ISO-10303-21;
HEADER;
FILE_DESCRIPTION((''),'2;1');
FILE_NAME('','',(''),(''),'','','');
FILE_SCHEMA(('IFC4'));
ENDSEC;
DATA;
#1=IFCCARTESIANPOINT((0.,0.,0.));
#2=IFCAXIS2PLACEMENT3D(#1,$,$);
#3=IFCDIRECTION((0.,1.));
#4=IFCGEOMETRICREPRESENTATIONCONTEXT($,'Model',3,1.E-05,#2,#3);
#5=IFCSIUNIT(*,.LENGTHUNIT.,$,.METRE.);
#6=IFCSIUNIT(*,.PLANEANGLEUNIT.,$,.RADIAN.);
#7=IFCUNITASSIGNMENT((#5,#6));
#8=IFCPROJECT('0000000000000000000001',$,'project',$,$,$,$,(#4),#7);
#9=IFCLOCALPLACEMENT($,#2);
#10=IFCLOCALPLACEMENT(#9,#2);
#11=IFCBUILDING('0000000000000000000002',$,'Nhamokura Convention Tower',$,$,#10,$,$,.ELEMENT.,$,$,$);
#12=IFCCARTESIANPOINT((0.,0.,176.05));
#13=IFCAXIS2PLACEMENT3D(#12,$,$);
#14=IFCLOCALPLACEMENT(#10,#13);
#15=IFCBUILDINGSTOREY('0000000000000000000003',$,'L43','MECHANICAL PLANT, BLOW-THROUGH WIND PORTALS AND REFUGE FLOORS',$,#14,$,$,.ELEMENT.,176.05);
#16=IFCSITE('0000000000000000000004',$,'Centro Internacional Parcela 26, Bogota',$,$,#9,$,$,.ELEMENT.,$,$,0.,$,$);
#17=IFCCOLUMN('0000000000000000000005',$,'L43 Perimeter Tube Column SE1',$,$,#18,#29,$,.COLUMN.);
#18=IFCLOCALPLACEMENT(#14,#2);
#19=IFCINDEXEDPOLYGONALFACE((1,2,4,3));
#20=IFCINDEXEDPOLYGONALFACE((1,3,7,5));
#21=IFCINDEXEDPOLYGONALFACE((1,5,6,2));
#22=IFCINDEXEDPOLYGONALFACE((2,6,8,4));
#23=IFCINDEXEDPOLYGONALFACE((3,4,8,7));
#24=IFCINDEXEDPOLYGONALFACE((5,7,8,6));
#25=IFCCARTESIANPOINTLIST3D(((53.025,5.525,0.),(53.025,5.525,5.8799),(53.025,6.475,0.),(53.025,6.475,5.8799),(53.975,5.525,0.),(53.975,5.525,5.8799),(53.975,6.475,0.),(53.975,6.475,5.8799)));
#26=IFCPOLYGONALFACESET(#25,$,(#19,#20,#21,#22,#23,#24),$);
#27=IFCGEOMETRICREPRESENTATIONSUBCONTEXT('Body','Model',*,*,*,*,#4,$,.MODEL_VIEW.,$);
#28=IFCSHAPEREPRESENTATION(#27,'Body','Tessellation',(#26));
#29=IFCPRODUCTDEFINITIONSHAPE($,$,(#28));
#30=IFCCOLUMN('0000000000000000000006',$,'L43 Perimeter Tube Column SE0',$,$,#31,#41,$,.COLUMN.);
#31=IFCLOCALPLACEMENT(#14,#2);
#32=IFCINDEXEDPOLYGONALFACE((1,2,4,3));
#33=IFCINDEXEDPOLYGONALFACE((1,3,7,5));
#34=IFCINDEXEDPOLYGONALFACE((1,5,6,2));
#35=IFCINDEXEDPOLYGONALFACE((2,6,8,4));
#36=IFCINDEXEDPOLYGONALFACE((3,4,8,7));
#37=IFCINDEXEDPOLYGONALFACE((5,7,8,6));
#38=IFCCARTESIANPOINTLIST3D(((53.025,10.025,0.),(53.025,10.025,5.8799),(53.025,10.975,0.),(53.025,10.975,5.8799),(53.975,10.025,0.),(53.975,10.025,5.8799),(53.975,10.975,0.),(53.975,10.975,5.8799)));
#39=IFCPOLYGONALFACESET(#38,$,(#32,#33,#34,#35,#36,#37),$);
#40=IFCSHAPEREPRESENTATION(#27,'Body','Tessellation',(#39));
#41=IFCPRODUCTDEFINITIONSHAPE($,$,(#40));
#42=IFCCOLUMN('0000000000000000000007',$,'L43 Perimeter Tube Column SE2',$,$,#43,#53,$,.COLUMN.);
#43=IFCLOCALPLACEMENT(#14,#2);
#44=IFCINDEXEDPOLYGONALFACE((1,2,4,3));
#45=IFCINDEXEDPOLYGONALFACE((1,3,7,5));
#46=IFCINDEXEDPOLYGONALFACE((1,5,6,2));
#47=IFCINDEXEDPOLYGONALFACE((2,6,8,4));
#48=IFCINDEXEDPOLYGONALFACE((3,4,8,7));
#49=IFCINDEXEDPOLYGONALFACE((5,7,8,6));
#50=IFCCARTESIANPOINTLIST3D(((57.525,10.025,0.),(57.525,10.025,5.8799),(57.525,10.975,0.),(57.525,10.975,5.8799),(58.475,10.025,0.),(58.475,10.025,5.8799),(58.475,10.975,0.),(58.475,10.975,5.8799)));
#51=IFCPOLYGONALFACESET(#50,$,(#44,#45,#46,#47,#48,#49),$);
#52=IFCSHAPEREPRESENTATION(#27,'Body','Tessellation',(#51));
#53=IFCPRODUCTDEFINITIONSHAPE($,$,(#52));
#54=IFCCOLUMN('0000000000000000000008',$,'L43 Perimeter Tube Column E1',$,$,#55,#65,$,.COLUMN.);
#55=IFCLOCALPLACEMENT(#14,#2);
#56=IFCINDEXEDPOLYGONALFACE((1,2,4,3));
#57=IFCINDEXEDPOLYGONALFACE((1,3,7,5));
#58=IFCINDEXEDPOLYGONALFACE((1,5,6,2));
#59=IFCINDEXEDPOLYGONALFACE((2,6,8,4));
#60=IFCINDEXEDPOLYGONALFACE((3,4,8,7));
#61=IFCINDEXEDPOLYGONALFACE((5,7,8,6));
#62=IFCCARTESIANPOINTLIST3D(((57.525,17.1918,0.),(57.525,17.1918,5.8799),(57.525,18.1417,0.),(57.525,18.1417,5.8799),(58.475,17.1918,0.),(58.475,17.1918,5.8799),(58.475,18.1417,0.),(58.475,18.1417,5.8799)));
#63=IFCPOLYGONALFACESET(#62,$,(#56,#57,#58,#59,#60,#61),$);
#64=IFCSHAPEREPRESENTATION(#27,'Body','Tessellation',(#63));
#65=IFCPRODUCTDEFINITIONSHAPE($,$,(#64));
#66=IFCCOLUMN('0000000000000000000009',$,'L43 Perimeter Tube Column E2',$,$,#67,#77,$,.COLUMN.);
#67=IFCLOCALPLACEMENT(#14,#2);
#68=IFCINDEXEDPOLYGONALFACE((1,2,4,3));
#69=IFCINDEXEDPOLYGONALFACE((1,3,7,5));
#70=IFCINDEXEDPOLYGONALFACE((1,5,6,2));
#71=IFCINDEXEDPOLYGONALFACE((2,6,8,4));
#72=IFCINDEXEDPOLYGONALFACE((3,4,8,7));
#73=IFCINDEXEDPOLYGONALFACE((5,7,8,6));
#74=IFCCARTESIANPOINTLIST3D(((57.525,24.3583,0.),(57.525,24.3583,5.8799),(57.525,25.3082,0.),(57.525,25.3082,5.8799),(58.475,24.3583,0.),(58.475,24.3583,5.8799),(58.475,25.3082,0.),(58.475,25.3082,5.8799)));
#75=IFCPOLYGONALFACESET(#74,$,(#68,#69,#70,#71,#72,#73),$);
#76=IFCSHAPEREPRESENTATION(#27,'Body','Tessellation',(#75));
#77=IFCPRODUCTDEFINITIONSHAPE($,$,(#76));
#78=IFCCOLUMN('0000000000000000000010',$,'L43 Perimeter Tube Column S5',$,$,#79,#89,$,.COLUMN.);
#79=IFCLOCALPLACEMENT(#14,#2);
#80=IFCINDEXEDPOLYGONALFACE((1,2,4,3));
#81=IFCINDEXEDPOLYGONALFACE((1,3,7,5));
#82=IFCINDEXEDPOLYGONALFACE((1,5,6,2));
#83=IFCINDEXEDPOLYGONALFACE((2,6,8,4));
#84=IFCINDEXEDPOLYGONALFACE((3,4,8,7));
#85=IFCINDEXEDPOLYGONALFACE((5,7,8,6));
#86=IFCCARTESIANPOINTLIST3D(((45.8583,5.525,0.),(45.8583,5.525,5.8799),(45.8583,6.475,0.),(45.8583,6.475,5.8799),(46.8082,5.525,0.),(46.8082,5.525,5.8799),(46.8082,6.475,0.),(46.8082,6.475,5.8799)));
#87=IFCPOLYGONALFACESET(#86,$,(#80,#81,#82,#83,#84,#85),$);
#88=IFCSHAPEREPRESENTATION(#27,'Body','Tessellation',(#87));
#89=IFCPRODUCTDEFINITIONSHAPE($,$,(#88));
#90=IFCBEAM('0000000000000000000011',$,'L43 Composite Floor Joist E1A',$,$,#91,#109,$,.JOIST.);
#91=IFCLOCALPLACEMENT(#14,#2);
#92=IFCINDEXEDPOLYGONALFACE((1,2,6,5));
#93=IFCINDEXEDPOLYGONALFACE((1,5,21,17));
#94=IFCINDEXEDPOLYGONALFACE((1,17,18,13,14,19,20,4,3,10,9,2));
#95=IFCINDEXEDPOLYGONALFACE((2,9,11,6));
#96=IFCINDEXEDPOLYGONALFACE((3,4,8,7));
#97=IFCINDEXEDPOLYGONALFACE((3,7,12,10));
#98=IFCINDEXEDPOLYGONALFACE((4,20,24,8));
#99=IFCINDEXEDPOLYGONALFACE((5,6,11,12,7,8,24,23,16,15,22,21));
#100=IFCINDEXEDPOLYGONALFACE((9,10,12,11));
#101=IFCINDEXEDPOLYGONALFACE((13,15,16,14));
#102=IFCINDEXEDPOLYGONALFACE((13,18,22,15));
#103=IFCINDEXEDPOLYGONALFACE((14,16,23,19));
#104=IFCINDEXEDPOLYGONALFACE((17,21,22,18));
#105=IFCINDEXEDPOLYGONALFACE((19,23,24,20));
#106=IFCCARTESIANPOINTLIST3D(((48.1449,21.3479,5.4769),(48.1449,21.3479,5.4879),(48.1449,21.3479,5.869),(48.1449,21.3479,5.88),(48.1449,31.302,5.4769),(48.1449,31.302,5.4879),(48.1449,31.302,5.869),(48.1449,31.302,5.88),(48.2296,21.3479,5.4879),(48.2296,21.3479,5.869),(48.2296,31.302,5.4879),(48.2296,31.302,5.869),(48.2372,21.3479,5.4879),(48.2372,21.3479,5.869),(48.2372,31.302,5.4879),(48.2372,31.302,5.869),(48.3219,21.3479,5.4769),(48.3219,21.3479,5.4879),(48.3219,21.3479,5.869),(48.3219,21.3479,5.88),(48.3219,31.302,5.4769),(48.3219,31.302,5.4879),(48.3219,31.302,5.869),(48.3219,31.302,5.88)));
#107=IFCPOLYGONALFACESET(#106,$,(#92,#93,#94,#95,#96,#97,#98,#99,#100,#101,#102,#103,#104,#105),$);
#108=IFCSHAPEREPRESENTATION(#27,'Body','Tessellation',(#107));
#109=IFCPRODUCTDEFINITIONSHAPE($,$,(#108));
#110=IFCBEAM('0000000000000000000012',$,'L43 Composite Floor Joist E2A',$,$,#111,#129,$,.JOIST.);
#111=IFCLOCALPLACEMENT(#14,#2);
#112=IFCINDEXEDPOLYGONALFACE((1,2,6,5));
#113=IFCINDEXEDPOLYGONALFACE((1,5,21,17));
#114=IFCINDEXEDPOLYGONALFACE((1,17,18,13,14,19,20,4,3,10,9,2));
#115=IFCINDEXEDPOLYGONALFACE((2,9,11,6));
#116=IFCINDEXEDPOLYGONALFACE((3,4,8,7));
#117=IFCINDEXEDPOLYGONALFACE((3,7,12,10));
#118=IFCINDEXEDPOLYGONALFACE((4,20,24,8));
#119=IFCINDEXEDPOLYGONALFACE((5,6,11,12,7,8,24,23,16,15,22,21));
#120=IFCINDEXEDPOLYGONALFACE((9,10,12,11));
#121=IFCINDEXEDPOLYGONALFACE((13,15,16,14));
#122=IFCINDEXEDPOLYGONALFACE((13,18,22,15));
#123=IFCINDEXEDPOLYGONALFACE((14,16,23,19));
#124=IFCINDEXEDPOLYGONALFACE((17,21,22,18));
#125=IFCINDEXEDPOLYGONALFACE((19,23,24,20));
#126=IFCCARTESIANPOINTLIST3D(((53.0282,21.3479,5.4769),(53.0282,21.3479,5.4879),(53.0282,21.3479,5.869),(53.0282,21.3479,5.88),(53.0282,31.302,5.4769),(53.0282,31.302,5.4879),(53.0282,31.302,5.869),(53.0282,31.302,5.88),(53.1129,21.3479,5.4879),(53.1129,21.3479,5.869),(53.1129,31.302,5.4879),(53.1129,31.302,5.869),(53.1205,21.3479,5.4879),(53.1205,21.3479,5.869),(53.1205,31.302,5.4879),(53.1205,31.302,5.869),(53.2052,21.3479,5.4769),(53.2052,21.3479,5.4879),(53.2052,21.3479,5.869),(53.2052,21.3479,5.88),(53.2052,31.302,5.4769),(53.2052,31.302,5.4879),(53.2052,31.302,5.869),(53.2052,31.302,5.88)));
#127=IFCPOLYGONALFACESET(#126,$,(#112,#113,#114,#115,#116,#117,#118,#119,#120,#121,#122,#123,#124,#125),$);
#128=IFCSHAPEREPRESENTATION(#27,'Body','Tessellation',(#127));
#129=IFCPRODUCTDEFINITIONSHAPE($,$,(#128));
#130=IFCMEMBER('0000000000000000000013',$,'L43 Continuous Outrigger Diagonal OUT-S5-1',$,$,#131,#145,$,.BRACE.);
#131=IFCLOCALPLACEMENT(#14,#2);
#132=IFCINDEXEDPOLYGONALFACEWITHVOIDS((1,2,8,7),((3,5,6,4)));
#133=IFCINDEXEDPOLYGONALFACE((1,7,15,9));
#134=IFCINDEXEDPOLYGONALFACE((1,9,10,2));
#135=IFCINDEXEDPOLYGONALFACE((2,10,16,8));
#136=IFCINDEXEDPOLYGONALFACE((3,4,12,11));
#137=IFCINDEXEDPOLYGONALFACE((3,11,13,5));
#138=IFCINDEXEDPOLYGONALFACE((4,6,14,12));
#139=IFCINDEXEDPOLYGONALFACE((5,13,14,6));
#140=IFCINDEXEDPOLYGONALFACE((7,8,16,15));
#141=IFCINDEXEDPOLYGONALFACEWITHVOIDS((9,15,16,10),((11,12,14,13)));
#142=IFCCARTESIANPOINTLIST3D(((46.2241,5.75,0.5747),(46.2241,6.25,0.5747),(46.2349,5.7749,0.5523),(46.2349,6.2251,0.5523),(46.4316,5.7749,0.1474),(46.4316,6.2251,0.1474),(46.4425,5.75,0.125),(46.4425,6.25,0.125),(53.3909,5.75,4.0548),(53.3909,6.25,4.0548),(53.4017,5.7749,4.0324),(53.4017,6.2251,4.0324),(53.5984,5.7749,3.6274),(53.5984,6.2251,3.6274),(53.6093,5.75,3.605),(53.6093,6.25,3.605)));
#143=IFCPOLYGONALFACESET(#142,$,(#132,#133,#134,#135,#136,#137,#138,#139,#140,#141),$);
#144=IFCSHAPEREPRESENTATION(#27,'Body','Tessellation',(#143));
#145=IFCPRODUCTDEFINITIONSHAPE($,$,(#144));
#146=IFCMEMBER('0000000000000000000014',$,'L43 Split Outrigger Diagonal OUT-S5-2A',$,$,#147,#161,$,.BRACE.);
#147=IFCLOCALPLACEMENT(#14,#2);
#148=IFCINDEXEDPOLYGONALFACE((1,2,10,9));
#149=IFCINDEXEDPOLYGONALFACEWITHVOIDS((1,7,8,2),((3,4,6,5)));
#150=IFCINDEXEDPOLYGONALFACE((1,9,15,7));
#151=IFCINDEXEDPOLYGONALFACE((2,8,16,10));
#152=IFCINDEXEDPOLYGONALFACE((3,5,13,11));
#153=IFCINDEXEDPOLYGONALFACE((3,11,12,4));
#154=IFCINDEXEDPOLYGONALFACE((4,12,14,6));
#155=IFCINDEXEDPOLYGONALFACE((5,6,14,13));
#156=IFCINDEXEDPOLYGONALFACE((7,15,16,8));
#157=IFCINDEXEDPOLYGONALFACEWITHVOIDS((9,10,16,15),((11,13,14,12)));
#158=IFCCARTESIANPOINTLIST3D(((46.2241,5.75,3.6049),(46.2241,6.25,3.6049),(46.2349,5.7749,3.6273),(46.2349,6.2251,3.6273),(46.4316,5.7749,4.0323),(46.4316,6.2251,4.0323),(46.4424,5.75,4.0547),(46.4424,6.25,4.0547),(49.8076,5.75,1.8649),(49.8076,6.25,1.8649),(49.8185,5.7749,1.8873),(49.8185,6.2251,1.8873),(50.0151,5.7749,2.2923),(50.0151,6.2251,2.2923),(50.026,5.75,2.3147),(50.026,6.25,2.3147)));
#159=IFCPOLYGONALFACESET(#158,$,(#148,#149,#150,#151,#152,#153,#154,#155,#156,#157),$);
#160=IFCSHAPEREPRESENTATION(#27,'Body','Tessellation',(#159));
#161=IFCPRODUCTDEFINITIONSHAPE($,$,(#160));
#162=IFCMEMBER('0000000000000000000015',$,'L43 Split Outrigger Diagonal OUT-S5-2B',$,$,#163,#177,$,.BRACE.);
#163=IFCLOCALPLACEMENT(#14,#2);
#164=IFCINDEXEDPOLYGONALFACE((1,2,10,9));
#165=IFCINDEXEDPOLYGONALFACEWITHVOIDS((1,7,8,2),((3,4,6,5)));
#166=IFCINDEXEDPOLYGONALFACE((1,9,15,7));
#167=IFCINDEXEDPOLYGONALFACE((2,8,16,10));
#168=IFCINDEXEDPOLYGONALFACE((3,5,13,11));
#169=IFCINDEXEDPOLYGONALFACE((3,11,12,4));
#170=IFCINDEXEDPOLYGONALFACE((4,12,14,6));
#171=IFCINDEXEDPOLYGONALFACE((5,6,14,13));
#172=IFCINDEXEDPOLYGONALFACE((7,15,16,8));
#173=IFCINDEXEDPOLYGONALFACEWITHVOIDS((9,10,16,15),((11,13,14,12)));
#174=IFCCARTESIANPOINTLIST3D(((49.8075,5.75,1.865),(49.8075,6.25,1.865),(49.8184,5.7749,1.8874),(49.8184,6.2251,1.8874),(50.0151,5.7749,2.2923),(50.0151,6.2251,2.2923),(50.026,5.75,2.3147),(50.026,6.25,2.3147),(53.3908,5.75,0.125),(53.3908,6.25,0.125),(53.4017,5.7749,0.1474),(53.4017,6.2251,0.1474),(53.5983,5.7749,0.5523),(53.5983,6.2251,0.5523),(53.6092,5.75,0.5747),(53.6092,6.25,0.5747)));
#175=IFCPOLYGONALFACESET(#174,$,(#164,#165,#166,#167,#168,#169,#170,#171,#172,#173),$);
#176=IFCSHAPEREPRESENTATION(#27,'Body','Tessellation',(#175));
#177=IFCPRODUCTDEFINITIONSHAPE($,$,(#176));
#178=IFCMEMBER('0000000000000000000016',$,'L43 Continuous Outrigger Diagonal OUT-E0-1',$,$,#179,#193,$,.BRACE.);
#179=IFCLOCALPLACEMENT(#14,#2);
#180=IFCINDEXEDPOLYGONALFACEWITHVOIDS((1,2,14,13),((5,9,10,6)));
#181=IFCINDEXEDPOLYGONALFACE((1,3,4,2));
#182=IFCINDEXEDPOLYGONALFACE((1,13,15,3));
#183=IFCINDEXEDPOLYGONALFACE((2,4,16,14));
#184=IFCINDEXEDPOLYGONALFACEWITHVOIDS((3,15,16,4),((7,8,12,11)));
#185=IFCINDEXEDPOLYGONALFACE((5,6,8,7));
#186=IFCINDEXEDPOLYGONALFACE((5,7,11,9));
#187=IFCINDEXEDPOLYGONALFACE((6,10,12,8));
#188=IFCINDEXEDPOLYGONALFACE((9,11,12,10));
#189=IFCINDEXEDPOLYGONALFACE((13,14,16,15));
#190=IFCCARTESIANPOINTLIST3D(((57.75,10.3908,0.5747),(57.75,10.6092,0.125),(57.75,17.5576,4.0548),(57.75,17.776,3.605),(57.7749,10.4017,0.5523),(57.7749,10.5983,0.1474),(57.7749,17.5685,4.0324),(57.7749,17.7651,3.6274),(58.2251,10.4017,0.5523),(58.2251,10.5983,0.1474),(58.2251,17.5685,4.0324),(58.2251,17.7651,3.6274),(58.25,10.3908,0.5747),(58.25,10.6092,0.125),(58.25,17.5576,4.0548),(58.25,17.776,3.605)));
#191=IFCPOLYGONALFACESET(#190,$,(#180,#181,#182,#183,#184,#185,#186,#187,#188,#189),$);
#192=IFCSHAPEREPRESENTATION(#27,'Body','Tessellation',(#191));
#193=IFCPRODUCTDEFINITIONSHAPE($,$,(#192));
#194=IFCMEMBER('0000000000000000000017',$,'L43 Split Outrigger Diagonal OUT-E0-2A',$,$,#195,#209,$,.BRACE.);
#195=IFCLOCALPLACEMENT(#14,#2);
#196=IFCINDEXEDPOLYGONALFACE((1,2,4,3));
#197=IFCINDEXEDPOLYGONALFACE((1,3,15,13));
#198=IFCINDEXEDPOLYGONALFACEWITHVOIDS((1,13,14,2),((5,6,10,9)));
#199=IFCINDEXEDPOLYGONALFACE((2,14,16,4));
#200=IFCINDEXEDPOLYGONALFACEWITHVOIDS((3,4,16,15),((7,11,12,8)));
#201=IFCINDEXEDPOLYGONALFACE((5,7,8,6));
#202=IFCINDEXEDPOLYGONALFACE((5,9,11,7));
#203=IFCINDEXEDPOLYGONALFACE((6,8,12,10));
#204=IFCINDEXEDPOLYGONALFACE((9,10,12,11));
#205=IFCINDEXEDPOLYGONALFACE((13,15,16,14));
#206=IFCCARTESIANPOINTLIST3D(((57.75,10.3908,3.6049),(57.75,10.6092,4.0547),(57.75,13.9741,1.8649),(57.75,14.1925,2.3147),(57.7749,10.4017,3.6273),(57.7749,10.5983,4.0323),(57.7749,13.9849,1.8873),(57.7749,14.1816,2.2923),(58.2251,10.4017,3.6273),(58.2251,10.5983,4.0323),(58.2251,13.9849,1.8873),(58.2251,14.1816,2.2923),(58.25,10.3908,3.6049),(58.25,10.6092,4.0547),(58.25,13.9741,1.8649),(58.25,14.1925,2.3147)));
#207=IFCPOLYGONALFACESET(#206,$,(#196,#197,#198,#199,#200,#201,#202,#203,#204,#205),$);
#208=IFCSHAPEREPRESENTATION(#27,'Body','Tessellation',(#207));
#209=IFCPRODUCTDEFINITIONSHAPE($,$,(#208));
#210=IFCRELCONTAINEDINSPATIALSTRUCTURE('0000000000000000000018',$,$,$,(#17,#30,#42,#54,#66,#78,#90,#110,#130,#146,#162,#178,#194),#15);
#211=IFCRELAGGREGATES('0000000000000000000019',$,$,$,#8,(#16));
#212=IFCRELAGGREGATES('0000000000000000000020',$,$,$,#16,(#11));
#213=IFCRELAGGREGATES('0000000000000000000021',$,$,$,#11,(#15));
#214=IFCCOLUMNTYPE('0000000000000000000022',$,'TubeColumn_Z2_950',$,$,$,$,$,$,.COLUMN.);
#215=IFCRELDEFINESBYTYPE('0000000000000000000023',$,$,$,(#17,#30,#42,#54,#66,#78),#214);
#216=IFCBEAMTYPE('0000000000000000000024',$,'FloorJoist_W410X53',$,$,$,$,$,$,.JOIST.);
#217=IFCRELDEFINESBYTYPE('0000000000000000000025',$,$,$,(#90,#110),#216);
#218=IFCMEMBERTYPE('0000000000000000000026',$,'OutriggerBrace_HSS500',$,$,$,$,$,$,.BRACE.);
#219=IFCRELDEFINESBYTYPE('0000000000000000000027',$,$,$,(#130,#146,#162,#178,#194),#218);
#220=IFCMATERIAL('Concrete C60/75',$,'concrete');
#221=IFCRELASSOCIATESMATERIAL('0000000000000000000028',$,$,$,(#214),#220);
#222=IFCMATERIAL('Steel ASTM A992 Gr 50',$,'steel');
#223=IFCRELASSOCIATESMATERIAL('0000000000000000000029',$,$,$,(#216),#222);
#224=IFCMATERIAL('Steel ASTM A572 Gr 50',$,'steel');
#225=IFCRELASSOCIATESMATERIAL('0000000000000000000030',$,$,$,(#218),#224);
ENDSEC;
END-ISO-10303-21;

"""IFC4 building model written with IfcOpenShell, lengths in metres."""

from ifc_helpers import new_model, si_unit, direction, frame, origin, origin_2d, place, context, subcontext, project, spatial, rectangle, hollow_rectangle, i_section, extrude, material, material_profile, profile_set, type_object, element, save


model = new_model("IFC4")

# Units and contexts
model_context = context("Model", 3, precision=1e-05, world=origin(), true_north=direction((0.0, 1.0)))
body_context = subcontext(model_context, "Body", "Model", "MODEL_VIEW")
ifc_project = project(units=[si_unit("LENGTHUNIT", "METRE"), si_unit("PLANEANGLEUNIT", "RADIAN")], contexts=[model_context])

# Site, building, storey
site_placement = place(None, origin())
site = spatial("IfcSite", under=ifc_project, at=site_placement, Name="Centro Internacional Parcela 26, Bogota", CompositionType="ELEMENT", RefElevation=0.0)
building_placement = place(site_placement, origin())
building = spatial("IfcBuilding", under=site, at=building_placement, Name="Nhamokura Convention Tower", CompositionType="ELEMENT")
storey_placement = place(building_placement, frame((0.0, 0.0, 176.05)))
storey = spatial("IfcBuildingStorey", under=building, at=storey_placement, Name="L43", Description="MECHANICAL PLANT, BLOW-THROUGH WIND PORTALS AND REFUGE FLOORS", CompositionType="ELEMENT", Elevation=176.05)

# Columns
ifc_material_1 = material(Name="Concrete C60/75", Category="concrete")
ifc_material_profile_1 = material_profile(ifc_material_1, rectangle(XDim=0.95, YDim=0.95, at=origin_2d()))
ifc_profile_set_1 = profile_set([ifc_material_profile_1], Name="Concrete C60/75")
column_type = type_object("IfcColumnType", Name="TubeColumn_Z2_950", PredefinedType="COLUMN", material=ifc_profile_set_1)
for number, where, z_axis, x_axis, name in (
    (1, (53.5, 6.0, 0.0), (0.0, 0.0, 1.0), (1.0, 0.0, 0.0), "L43 Perimeter Tube Column SE1"),
    (2, (53.5, 10.5, 0.0), (0.0, 0.0, 1.0), (1.0, 0.0, 0.0), "L43 Perimeter Tube Column SE0"),
    (3, (58.0, 10.5, 0.0), (0.0, 0.0, 1.0), (1.0, 0.0, 0.0), "L43 Perimeter Tube Column SE2"),
    (4, (58.0, 17.6667, 0.0), (0.0, 0.0, 1.0), (1.0, 0.0, 0.0), "L43 Perimeter Tube Column E1"),
    (5, (58.0, 24.8333, 0.0), (0.0, 0.0, 1.0), (1.0, 0.0, 0.0), "L43 Perimeter Tube Column E2"),
    (6, (46.3333, 6.0, 0.0), (0.0, 0.0, 1.0), (1.0, 0.0, 0.0), "L43 Perimeter Tube Column S5"),
):
    element("IfcColumn", number, at=place(storey_placement, frame(where, z_axis=z_axis, x_axis=x_axis)), inside=storey, type_object=column_type, Name=name, PredefinedType="COLUMN", context=body_context, shape_type="SweptSolid", body=[
        extrude(rectangle(XDim=0.95, YDim=0.95, at=origin_2d()), origin(), (0.0, 0.0, 1.0), 5.8799),
    ])

# Beams
ifc_material_2 = material(Name="Steel ASTM A992 Gr 50", Category="steel")
ifc_material_profile_2 = material_profile(ifc_material_2, i_section(OverallWidth=0.177, OverallDepth=0.4031, WebThickness=0.0076, FlangeThickness=0.011, at=origin_2d()))
ifc_profile_set_2 = profile_set([ifc_material_profile_2], Name="Steel ASTM A992 Gr 50")
beam_type_1 = type_object("IfcBeamType", Name="FloorJoist_W410X53", PredefinedType="JOIST", material=ifc_profile_set_2)
for number, where, z_axis, x_axis, name in (
    (7, (48.2334, 21.3479, 5.6785), (0.0, 1.0, 0.0), (-1.0, 0.0, 0.0), "L43 Composite Floor Joist E1A"),
    (8, (53.1167, 21.3479, 5.6785), (0.0, 1.0, 0.0), (-1.0, 0.0, 0.0), "L43 Composite Floor Joist E2A"),
):
    element("IfcBeam", number, at=place(storey_placement, frame(where, z_axis=z_axis, x_axis=x_axis)), inside=storey, type_object=beam_type_1, Name=name, PredefinedType="JOIST", context=body_context, shape_type="SweptSolid", body=[
        extrude(i_section(OverallWidth=0.177, OverallDepth=0.4031, WebThickness=0.0076, FlangeThickness=0.011, at=origin_2d()), origin(), (0.0, 0.0, 1.0), 9.9541),
    ])

# Members
ifc_material_3 = material(Name="Steel ASTM A572 Gr 50", Category="steel")
ifc_material_profile_3 = material_profile(ifc_material_3, hollow_rectangle(XDim=0.5, YDim=0.5, WallThickness=0.0249, at=origin_2d()))
ifc_profile_set_3 = profile_set([ifc_material_profile_3], Name="Steel ASTM A572 Gr 50")
member_type_1 = type_object("IfcMemberType", Name="OutriggerBrace_HSS500", PredefinedType="BRACE", material=ifc_profile_set_3)
member_1_placement = place(storey_placement, frame((46.3333, 6.0, 0.3499), z_axis=(0.899558, 0.0, 0.436801), x_axis=(0.0, 1.0, 0.0)))
element("IfcMember", 9, at=member_1_placement, inside=storey, type_object=member_type_1, Name="L43 Continuous Outrigger Diagonal OUT-S5-1", PredefinedType="BRACE", context=body_context, shape_type="SweptSolid", body=[
    extrude(hollow_rectangle(XDim=0.5, YDim=0.5, WallThickness=0.0249, at=origin_2d()), origin(), (0.0, 0.0, 1.0), 7.967),
])
member_2_placement = place(storey_placement, frame((46.3333, 6.0, 3.8298), z_axis=(0.899564, 0.0, -0.436789), x_axis=(0.0, 1.0, 0.0)))
element("IfcMember", 10, at=member_2_placement, inside=storey, type_object=member_type_1, Name="L43 Split Outrigger Diagonal OUT-S5-2A", PredefinedType="BRACE", context=body_context, shape_type="SweptSolid", body=[
    extrude(hollow_rectangle(XDim=0.5, YDim=0.5, WallThickness=0.0249, at=origin_2d()), origin(), (0.0, 0.0, 1.0), 3.9836),
])
member_3_placement = place(storey_placement, frame((49.9167, 6.0, 2.0898), z_axis=(0.899552, 0.0, -0.436813), x_axis=(0.0, 1.0, 0.0)))
element("IfcMember", 11, at=member_3_placement, inside=storey, type_object=member_type_1, Name="L43 Split Outrigger Diagonal OUT-S5-2B", PredefinedType="BRACE", context=body_context, shape_type="SweptSolid", body=[
    extrude(hollow_rectangle(XDim=0.5, YDim=0.5, WallThickness=0.0249, at=origin_2d()), origin(), (0.0, 0.0, 1.0), 3.9834),
])
member_4_placement = place(storey_placement, frame((58.0, 10.5, 0.3499), z_axis=(0.0, 0.899558, 0.436801), x_axis=(-1.0, 0.0, 0.0)))
element("IfcMember", 12, at=member_4_placement, inside=storey, type_object=member_type_1, Name="L43 Continuous Outrigger Diagonal OUT-E0-1", PredefinedType="BRACE", context=body_context, shape_type="SweptSolid", body=[
    extrude(hollow_rectangle(XDim=0.5, YDim=0.5, WallThickness=0.0249, at=origin_2d()), origin(), (0.0, 0.0, 1.0), 7.967),
])
member_5_placement = place(storey_placement, frame((58.0, 10.5, 3.8298), z_axis=(0.0, 0.899552, -0.436813), x_axis=(-1.0, 0.0, 0.0)))
element("IfcMember", 13, at=member_5_placement, inside=storey, type_object=member_type_1, Name="L43 Split Outrigger Diagonal OUT-E0-2A", PredefinedType="BRACE", context=body_context, shape_type="SweptSolid", body=[
    extrude(hollow_rectangle(XDim=0.5, YDim=0.5, WallThickness=0.0249, at=origin_2d()), origin(), (0.0, 0.0, 1.0), 3.9834),
])

save(model, "model.ifc")
